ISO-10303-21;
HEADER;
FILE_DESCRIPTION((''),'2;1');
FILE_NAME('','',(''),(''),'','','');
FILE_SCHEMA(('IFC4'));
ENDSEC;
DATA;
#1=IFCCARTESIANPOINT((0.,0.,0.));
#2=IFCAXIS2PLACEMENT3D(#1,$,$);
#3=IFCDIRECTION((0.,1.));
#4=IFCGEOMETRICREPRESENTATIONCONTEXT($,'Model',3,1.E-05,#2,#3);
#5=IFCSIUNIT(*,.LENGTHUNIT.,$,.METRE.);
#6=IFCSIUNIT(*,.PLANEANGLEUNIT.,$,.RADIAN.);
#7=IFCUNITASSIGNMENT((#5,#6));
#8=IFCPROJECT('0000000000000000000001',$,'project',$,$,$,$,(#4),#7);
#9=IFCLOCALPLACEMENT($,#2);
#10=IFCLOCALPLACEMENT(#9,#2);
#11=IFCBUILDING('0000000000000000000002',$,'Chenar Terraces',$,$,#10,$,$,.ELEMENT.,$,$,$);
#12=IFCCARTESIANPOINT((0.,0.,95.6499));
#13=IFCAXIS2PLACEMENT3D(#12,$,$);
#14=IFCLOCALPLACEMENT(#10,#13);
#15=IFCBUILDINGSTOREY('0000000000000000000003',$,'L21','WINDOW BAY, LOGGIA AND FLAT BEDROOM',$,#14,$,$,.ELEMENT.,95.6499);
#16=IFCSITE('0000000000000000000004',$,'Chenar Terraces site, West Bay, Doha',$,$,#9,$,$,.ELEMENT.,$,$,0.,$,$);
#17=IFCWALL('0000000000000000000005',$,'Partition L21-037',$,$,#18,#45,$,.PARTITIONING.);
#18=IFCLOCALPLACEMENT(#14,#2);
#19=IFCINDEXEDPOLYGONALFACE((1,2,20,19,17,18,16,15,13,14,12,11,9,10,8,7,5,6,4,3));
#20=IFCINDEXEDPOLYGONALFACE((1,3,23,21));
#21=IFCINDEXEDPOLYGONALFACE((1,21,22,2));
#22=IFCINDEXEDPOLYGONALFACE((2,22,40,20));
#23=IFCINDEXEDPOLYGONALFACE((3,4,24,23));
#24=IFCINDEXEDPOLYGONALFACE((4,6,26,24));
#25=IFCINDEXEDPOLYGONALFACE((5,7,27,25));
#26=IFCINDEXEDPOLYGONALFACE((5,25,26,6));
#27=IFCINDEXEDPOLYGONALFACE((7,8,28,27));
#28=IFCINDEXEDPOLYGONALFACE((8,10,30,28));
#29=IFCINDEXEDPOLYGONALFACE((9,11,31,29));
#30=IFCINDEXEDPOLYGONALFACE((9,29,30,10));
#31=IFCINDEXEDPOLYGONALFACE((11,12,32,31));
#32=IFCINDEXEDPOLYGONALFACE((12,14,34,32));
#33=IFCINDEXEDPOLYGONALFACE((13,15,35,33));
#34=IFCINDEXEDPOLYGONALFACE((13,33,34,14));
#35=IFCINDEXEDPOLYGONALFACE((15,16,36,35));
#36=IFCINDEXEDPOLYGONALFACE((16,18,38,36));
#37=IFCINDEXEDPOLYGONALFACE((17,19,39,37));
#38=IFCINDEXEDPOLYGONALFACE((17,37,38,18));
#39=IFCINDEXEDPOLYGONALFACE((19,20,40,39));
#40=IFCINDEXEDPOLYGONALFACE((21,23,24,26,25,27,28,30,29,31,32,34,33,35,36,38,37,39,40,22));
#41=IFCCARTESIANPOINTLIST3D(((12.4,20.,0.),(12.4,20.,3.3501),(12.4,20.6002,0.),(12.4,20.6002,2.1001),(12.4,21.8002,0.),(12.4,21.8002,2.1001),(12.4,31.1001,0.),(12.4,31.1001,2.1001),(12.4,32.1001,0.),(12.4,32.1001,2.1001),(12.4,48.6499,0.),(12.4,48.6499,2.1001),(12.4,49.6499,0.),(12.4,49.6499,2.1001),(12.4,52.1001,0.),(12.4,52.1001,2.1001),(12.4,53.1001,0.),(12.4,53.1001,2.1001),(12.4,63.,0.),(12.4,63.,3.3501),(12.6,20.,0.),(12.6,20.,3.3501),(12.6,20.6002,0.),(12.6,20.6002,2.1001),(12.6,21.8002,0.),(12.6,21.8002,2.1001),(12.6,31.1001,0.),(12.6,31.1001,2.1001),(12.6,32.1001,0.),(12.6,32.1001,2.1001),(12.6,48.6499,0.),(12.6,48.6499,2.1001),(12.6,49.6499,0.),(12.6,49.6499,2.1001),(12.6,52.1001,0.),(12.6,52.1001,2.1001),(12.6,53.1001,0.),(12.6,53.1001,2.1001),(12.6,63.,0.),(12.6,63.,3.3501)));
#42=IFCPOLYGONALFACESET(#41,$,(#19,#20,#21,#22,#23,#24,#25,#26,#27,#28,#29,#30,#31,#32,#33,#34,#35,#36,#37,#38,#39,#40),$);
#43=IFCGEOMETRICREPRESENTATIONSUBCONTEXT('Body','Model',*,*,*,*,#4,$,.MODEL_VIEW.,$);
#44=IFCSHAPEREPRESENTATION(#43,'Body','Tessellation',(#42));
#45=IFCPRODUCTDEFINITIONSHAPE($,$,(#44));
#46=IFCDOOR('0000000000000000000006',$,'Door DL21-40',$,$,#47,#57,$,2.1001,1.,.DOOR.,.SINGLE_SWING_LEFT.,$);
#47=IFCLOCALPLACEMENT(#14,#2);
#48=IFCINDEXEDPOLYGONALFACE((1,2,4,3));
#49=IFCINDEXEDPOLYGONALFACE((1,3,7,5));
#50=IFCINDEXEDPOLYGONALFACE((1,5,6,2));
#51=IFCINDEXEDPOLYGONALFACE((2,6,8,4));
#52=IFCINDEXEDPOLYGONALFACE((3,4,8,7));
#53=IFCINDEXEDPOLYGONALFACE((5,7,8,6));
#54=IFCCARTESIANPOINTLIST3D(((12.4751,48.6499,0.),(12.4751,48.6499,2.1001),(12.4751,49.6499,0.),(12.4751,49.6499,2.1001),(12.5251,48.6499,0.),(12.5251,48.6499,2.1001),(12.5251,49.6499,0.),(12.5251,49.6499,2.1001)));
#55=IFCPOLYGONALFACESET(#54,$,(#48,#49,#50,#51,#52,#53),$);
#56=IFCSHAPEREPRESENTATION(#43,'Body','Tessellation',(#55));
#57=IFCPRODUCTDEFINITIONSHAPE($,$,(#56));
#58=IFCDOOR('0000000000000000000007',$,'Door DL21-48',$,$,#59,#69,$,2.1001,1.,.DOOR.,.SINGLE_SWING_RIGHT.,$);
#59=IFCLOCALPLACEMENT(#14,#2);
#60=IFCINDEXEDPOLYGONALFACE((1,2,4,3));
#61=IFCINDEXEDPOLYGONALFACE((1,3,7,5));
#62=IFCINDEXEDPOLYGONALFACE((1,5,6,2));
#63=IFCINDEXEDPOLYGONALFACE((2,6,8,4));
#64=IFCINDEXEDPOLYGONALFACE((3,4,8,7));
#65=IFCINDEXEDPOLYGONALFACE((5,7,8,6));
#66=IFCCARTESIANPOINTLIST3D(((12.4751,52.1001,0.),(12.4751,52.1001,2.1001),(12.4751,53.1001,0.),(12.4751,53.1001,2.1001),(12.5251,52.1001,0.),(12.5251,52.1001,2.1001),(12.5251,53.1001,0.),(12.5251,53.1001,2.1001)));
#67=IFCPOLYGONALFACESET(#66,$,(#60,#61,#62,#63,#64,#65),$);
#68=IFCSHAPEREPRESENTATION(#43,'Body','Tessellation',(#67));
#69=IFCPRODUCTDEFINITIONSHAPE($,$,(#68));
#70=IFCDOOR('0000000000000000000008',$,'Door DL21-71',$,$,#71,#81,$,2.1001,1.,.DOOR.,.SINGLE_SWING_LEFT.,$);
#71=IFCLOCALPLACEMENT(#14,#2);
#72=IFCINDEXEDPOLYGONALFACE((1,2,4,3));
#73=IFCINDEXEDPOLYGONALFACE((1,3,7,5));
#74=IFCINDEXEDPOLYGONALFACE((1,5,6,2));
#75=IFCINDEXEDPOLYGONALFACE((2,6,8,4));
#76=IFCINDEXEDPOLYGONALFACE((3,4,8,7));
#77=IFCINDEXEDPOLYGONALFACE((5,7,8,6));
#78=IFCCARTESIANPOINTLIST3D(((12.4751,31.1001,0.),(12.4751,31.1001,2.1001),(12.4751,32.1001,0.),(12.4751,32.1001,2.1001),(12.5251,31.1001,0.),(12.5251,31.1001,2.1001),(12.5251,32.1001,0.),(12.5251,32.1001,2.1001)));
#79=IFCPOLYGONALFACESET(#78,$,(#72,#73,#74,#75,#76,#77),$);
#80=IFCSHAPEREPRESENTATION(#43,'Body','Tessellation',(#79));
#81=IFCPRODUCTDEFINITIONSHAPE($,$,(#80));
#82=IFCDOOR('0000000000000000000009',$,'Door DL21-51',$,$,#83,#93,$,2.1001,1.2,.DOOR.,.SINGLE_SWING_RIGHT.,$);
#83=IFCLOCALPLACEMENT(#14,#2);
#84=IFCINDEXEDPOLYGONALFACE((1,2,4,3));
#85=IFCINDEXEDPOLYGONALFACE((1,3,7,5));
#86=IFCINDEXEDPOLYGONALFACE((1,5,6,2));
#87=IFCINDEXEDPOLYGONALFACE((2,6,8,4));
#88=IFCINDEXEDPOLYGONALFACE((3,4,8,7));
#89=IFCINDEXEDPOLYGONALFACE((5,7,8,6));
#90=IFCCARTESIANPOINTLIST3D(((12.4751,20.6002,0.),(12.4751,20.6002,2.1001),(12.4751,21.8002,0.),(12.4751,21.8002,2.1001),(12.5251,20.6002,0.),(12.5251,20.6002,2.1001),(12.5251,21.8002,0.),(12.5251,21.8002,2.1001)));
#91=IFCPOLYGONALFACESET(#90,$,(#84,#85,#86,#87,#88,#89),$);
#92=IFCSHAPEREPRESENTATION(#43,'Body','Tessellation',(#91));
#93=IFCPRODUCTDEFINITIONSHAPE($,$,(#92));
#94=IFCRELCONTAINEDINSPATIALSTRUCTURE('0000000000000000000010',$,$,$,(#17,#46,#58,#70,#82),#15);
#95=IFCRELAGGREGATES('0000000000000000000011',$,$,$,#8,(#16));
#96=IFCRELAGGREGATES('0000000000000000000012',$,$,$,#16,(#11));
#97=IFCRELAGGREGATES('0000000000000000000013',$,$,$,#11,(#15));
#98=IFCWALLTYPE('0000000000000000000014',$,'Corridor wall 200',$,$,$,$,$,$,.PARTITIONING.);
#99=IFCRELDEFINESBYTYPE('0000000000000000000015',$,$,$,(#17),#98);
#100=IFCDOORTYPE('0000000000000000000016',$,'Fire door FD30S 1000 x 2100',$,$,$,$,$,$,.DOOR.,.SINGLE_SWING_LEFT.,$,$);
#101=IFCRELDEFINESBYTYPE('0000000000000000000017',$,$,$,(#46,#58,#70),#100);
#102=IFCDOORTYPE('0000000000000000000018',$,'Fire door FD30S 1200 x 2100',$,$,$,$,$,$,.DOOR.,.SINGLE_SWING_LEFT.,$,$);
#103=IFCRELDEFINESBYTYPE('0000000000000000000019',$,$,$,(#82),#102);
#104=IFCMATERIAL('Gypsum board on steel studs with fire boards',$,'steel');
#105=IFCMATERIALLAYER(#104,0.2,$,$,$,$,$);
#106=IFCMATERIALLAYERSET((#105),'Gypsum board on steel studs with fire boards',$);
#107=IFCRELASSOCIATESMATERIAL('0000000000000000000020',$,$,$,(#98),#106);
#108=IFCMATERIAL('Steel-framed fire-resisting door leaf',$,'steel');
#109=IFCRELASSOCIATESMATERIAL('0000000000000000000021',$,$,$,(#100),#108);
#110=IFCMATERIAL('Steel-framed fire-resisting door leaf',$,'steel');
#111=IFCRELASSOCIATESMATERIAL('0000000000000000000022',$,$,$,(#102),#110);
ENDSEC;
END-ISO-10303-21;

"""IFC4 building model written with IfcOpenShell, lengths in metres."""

from ifc_helpers import new_model, si_unit, direction, frame, frame_2d, origin, place, context, subcontext, project, spatial, rectangle, extrude, material, layer, layer_set, type_object, element, fill, save


model = new_model("IFC4")

# Units and contexts
model_context = context("Model", 3, precision=1e-05, world=origin(), true_north=direction((0.0, 1.0)))
body_context = subcontext(model_context, "Body", "Model", "MODEL_VIEW")
ifc_project = project(units=[si_unit("LENGTHUNIT", "METRE"), si_unit("PLANEANGLEUNIT", "RADIAN")], contexts=[model_context])

# Site, building, storey
site_placement = place(None, origin())
site = spatial("IfcSite", under=ifc_project, at=site_placement, Name="Chenar Terraces site, West Bay, Doha", CompositionType="ELEMENT", RefElevation=0.0)
building_placement = place(site_placement, origin())
building = spatial("IfcBuilding", under=site, at=building_placement, Name="Chenar Terraces", CompositionType="ELEMENT")
storey_placement = place(building_placement, frame((0.0, 0.0, 95.6499)))
storey = spatial("IfcBuildingStorey", under=building, at=storey_placement, Name="L21", Description="WINDOW BAY, LOGGIA AND FLAT BEDROOM", CompositionType="ELEMENT", Elevation=95.6499)

# Wall, openings, doors
ifc_material_1 = material(Name="Gypsum board on steel studs with fire boards", Category="steel")
ifc_layer_1 = layer(ifc_material_1, 0.2)
ifc_layer_set_1 = layer_set([ifc_layer_1], Name="Gypsum board on steel studs with fire boards")
wall_type_1 = type_object("IfcWallType", Name="Corridor wall 200", PredefinedType="PARTITIONING", material=ifc_layer_set_1)
wall_1_placement = place(storey_placement, frame((12.5, 20.0, 0.0), z_axis=(0.0, 0.0, 1.0), x_axis=(0.0, 1.0, 0.0)))
wall_1 = element("IfcWall", 1, at=wall_1_placement, inside=storey, type_object=wall_type_1, Name="Partition L21-037", PredefinedType="PARTITIONING", context=body_context, shape_type="SweptSolid", body=[
    extrude(rectangle(XDim=43.0, YDim=0.2, at=frame_2d((21.5, 0.0))), origin(), (0.0, 0.0, 1.0), 3.3501),
])
opening_1_placement = place(wall_1_placement, frame((28.6499, 0.0, 0.0)))
opening_1 = element("IfcOpeningElement", 2, at=opening_1_placement, cuts=wall_1, PredefinedType="OPENING", context=body_context, shape_type="SweptSolid", body=[
    extrude(rectangle(XDim=1.0, YDim=2.1001, at=frame_2d((0.5, 1.05))), frame((0.0, 0.1099, 0.0), z_axis=(0.0, -1.0, 0.0), x_axis=(1.0, 0.0, 0.0)), (0.0, 0.0, 1.0), 0.22),
])
opening_2_placement = place(wall_1_placement, frame((32.1001, 0.0, 0.0)))
opening_2 = element("IfcOpeningElement", 3, at=opening_2_placement, cuts=wall_1, PredefinedType="OPENING", context=body_context, shape_type="SweptSolid", body=[
    extrude(rectangle(XDim=1.0, YDim=2.1001, at=frame_2d((0.5, 1.05))), frame((0.0, 0.1099, 0.0), z_axis=(0.0, -1.0, 0.0), x_axis=(1.0, 0.0, 0.0)), (0.0, 0.0, 1.0), 0.22),
])
opening_3_placement = place(wall_1_placement, frame((0.6001, 0.0, 0.0)))
opening_3 = element("IfcOpeningElement", 4, at=opening_3_placement, cuts=wall_1, PredefinedType="OPENING", context=body_context, shape_type="SweptSolid", body=[
    extrude(rectangle(XDim=1.2, YDim=2.1001, at=frame_2d((0.6001, 1.05))), frame((0.0, 0.1099, 0.0), z_axis=(0.0, -1.0, 0.0), x_axis=(1.0, 0.0, 0.0)), (0.0, 0.0, 1.0), 0.22),
])
opening_4_placement = place(wall_1_placement, frame((11.1001, 0.0, 0.0)))
opening_4 = element("IfcOpeningElement", 5, at=opening_4_placement, cuts=wall_1, PredefinedType="OPENING", context=body_context, shape_type="SweptSolid", body=[
    extrude(rectangle(XDim=1.0, YDim=2.1001, at=frame_2d((0.5, 1.05))), frame((0.0, 0.1099, 0.0), z_axis=(0.0, -1.0, 0.0), x_axis=(1.0, 0.0, 0.0)), (0.0, 0.0, 1.0), 0.22),
])
ifc_material_2 = material(Name="Steel-framed fire-resisting door leaf", Category="steel")
door_type_1 = type_object("IfcDoorType", Name="Fire door FD30S 1000 x 2100", OperationType="SINGLE_SWING_LEFT", PredefinedType="DOOR", material=ifc_material_2)
door_1_placement = place(opening_1_placement, origin())
door_1 = element("IfcDoor", 6, at=door_1_placement, inside=storey, type_object=door_type_1, Name="Door DL21-40", OperationType="SINGLE_SWING_LEFT", OverallHeight=2.1001, OverallWidth=1.0, PredefinedType="DOOR", context=body_context, shape_type="SweptSolid", body=[
    extrude(rectangle(XDim=1.0, YDim=2.1001, at=frame_2d((0.5, 1.05))), frame((0.0, 0.0249, 0.0), z_axis=(0.0, -1.0, 0.0), x_axis=(1.0, 0.0, 0.0)), (0.0, 0.0, 1.0), 0.05),
])
fill(opening_1, door_1)
door_2_placement = place(opening_2_placement, origin())
door_2 = element("IfcDoor", 7, at=door_2_placement, inside=storey, type_object=door_type_1, Name="Door DL21-48", OperationType="SINGLE_SWING_RIGHT", OverallHeight=2.1001, OverallWidth=1.0, PredefinedType="DOOR", context=body_context, shape_type="SweptSolid", body=[
    extrude(rectangle(XDim=1.0, YDim=2.1001, at=frame_2d((0.5, 1.05))), frame((0.0, 0.0249, 0.0), z_axis=(0.0, -1.0, 0.0), x_axis=(1.0, 0.0, 0.0)), (0.0, 0.0, 1.0), 0.05),
])
fill(opening_2, door_2)
door_3_placement = place(opening_4_placement, origin())
door_3 = element("IfcDoor", 8, at=door_3_placement, inside=storey, type_object=door_type_1, Name="Door DL21-71", OperationType="SINGLE_SWING_LEFT", OverallHeight=2.1001, OverallWidth=1.0, PredefinedType="DOOR", context=body_context, shape_type="SweptSolid", body=[
    extrude(rectangle(XDim=1.0, YDim=2.1001, at=frame_2d((0.5, 1.05))), frame((0.0, 0.0249, 0.0), z_axis=(0.0, -1.0, 0.0), x_axis=(1.0, 0.0, 0.0)), (0.0, 0.0, 1.0), 0.05),
])
fill(opening_4, door_3)
ifc_material_3 = material(Name="Steel-framed fire-resisting door leaf", Category="steel")
door_type_2 = type_object("IfcDoorType", Name="Fire door FD30S 1200 x 2100", OperationType="SINGLE_SWING_LEFT", PredefinedType="DOOR", material=ifc_material_3)
door_4_placement = place(opening_3_placement, origin())
door_4 = element("IfcDoor", 9, at=door_4_placement, inside=storey, type_object=door_type_2, Name="Door DL21-51", OperationType="SINGLE_SWING_RIGHT", OverallHeight=2.1001, OverallWidth=1.2, PredefinedType="DOOR", context=body_context, shape_type="SweptSolid", body=[
    extrude(rectangle(XDim=1.2, YDim=2.1001, at=frame_2d((0.6001, 1.05))), frame((0.0, 0.0249, 0.0), z_axis=(0.0, -1.0, 0.0), x_axis=(1.0, 0.0, 0.0)), (0.0, 0.0, 1.0), 0.05),
])
fill(opening_3, door_4)

save(model, "model.ifc")
